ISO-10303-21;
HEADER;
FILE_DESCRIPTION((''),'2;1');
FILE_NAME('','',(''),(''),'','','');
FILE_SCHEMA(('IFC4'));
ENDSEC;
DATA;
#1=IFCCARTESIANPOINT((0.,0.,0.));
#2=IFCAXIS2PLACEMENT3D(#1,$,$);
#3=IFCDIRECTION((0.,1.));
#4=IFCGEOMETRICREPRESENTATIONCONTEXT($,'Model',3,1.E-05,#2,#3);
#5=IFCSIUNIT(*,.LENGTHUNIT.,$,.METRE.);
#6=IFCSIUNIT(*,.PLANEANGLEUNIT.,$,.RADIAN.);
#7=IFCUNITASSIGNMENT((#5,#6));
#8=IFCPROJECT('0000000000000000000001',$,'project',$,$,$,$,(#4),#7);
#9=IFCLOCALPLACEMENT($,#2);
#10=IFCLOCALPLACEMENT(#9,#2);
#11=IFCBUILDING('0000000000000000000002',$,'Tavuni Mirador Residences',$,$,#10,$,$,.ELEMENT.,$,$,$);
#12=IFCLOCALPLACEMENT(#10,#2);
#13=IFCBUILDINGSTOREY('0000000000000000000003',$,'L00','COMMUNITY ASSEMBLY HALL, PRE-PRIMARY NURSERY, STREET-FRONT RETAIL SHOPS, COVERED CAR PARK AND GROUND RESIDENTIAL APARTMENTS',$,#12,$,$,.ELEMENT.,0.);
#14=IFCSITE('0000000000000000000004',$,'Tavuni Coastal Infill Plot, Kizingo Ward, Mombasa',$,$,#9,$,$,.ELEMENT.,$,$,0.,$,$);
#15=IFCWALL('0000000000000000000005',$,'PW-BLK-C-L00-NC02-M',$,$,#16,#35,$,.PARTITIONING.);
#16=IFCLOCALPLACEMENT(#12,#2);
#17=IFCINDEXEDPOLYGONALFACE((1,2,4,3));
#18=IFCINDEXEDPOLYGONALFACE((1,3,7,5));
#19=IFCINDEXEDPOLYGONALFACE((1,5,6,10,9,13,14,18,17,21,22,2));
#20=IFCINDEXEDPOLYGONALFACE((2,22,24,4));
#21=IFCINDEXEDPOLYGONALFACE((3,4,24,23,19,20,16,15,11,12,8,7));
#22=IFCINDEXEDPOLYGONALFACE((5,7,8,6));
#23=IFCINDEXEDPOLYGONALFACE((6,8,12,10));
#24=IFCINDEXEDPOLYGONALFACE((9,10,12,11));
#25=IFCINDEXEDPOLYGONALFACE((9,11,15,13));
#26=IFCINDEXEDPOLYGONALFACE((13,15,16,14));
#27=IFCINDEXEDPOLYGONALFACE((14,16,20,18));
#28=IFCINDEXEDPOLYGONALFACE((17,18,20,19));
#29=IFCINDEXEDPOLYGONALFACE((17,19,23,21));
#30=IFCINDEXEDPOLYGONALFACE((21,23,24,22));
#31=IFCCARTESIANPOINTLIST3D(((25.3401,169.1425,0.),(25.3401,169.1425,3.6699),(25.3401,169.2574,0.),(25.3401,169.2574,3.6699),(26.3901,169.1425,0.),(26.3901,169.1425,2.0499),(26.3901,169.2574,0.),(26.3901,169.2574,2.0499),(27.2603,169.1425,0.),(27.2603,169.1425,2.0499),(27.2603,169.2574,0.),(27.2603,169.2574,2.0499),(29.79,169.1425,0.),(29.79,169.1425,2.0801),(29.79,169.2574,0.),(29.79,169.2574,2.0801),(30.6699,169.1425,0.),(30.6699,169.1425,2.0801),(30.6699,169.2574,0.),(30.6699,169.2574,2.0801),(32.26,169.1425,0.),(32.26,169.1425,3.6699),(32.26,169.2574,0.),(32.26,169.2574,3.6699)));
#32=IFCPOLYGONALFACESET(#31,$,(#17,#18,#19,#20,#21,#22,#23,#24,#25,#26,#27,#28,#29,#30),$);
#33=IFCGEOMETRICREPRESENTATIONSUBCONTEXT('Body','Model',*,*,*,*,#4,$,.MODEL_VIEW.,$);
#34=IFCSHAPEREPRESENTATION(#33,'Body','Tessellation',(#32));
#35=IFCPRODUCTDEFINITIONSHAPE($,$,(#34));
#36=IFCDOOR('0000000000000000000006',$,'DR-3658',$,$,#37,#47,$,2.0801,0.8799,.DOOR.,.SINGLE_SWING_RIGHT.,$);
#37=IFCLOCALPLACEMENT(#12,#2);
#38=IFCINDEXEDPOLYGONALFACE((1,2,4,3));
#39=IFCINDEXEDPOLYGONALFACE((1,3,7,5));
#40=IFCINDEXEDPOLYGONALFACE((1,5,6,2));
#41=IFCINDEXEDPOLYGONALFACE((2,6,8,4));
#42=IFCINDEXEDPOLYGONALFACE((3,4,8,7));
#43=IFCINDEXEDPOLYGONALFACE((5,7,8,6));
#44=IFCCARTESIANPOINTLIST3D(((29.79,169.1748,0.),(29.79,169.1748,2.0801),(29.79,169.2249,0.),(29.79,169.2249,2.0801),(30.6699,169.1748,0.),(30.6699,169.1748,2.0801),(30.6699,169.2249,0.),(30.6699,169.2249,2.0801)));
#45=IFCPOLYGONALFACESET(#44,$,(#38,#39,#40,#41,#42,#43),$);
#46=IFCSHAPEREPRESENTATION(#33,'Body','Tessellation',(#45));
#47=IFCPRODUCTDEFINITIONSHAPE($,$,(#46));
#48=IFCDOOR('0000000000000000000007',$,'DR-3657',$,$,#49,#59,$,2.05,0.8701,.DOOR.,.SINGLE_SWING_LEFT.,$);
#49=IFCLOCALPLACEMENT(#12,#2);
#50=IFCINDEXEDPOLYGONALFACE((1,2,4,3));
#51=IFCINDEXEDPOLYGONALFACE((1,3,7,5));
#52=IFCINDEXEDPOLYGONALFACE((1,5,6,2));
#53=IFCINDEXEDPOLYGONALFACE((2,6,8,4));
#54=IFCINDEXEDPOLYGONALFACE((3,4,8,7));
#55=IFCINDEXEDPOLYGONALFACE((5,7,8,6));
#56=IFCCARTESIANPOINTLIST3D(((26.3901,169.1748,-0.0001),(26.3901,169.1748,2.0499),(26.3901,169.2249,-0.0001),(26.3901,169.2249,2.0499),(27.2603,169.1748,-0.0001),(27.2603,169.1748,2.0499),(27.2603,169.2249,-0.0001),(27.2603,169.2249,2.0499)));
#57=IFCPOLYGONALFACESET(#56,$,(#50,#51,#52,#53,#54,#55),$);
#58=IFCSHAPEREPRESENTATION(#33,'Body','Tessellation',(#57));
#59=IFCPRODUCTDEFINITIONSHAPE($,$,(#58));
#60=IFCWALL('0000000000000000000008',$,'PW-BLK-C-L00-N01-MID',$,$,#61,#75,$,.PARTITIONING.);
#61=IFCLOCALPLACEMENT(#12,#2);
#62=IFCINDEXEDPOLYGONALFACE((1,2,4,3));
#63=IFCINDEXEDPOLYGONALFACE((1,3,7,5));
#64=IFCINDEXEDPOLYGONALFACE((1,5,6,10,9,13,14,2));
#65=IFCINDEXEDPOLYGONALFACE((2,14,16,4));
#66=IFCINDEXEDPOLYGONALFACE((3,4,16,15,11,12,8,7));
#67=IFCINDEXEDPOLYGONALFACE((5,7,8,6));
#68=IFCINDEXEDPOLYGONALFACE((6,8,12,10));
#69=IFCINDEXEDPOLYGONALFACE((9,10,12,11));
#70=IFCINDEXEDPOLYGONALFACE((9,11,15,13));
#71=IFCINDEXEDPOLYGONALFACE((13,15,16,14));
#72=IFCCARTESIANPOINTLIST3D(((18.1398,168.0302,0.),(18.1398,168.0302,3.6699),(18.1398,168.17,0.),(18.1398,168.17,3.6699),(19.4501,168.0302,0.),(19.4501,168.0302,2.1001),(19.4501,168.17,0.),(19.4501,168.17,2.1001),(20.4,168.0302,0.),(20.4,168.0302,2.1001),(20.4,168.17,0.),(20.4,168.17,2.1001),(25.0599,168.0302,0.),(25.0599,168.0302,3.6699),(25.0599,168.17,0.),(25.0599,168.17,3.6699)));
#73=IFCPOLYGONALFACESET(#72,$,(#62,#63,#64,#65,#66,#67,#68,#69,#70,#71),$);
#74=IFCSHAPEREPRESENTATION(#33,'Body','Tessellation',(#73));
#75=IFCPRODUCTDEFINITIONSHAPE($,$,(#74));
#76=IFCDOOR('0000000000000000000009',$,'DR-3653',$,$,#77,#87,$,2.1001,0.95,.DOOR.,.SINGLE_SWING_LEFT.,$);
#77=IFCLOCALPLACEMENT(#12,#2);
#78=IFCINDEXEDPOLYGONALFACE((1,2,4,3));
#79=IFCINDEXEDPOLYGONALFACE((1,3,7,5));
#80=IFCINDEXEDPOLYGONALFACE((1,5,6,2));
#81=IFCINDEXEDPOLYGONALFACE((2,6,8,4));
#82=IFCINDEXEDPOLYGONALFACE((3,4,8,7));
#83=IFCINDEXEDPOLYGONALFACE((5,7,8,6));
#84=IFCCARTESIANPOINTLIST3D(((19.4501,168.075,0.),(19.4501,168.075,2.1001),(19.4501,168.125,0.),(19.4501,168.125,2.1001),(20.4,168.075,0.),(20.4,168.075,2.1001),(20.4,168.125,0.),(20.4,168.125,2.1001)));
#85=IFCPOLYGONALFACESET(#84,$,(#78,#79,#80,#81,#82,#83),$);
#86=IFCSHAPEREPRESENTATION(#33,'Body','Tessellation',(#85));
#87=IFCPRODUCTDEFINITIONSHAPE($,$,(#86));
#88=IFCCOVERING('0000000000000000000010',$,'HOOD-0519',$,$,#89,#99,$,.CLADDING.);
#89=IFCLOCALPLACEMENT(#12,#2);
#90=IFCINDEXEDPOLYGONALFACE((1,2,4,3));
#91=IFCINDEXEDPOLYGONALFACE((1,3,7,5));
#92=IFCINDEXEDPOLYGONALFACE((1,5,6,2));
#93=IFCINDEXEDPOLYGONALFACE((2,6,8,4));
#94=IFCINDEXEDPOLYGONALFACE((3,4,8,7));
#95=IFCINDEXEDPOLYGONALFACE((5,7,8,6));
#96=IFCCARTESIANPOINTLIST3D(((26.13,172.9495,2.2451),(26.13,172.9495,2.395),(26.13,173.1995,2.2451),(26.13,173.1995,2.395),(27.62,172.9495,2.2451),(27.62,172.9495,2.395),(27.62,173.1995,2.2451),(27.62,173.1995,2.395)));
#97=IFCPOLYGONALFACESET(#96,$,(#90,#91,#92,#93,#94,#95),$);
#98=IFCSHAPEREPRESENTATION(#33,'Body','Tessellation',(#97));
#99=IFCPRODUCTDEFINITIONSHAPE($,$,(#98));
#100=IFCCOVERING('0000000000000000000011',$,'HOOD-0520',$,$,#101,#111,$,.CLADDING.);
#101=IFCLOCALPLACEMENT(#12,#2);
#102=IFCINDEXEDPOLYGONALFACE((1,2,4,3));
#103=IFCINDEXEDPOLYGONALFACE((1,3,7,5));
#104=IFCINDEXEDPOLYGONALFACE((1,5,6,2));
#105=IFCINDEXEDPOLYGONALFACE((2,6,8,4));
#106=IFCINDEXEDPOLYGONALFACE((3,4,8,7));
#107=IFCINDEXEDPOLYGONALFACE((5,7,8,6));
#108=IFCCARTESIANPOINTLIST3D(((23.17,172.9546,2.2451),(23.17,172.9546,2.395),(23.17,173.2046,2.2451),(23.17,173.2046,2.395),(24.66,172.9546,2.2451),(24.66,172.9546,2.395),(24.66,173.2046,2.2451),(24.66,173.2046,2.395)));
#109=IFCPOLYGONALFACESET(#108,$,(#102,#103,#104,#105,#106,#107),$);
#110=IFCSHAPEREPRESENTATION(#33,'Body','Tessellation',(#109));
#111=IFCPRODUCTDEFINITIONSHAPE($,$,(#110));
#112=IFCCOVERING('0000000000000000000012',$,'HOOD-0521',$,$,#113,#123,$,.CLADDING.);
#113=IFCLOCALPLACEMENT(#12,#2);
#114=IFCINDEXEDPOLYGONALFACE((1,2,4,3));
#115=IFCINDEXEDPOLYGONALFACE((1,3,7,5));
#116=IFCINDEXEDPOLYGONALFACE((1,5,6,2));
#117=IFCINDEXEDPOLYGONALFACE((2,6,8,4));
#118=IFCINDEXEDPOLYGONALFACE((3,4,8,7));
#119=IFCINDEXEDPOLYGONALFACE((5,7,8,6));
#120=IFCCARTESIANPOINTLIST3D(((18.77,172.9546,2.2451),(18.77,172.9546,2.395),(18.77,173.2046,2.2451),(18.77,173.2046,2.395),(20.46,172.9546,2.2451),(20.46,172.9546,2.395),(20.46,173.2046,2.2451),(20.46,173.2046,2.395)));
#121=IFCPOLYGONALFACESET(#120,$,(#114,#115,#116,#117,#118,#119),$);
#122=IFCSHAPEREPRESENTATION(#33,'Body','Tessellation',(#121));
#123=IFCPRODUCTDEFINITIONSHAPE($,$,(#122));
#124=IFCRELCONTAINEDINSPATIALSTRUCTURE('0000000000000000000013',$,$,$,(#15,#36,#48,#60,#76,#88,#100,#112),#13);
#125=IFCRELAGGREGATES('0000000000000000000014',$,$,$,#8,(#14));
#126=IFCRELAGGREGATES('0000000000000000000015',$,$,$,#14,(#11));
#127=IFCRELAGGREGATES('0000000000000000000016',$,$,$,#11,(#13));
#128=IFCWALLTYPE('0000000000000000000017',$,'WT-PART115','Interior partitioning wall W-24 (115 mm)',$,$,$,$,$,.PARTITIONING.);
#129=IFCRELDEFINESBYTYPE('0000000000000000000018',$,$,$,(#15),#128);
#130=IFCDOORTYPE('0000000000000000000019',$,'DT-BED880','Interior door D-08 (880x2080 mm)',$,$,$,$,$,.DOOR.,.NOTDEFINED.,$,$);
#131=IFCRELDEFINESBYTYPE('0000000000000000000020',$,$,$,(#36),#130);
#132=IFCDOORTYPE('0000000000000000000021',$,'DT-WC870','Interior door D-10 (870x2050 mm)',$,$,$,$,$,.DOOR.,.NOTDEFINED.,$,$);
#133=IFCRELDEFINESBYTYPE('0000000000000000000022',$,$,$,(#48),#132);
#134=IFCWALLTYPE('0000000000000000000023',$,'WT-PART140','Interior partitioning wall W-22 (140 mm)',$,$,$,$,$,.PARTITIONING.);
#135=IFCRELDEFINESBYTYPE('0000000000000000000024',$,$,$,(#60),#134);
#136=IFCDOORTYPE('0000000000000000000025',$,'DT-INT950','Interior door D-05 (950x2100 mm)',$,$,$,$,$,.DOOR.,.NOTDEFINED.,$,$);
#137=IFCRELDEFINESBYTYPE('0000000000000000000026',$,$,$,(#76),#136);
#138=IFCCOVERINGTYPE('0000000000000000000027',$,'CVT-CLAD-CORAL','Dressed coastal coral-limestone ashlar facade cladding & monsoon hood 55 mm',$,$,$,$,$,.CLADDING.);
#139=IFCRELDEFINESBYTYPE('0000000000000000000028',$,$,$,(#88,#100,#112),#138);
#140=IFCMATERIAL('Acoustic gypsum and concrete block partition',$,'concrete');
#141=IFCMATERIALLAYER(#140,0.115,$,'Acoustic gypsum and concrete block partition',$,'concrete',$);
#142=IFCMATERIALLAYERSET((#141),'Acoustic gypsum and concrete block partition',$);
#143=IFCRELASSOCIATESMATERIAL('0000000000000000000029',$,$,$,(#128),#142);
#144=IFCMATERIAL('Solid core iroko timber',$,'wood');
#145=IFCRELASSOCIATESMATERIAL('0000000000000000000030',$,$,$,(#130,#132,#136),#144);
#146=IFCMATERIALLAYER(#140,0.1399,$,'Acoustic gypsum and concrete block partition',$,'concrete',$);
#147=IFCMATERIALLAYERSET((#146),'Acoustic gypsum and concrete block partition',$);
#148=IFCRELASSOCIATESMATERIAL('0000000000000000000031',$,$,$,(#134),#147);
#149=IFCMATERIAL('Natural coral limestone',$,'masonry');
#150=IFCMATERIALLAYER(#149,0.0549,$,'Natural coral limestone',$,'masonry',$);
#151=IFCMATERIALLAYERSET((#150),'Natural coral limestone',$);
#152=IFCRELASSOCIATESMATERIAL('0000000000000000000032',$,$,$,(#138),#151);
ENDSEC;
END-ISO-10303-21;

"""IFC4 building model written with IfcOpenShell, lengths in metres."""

from ifc_helpers import new_model, si_unit, direction, frame, frame_2d, origin, origin_2d, place, context, subcontext, project, spatial, rectangle, extrude, material, layer, layer_set, type_object, element, fill, save


model = new_model("IFC4")

# Units and contexts
model_context = context("Model", 3, precision=1e-05, world=origin(), true_north=direction((0.0, 1.0)))
body_context = subcontext(model_context, "Body", "Model", "MODEL_VIEW")
ifc_project = project(units=[si_unit("LENGTHUNIT", "METRE"), si_unit("PLANEANGLEUNIT", "RADIAN")], contexts=[model_context])

# Site, building, storey
site_placement = place(None, origin())
site = spatial("IfcSite", under=ifc_project, at=site_placement, Name="Tavuni Coastal Infill Plot, Kizingo Ward, Mombasa", CompositionType="ELEMENT", RefElevation=0.0)
building_placement = place(site_placement, origin())
building = spatial("IfcBuilding", under=site, at=building_placement, Name="Tavuni Mirador Residences", CompositionType="ELEMENT")
storey_placement = place(building_placement, origin())
storey = spatial("IfcBuildingStorey", under=building, at=storey_placement, Name="L00", Description="COMMUNITY ASSEMBLY HALL, PRE-PRIMARY NURSERY, STREET-FRONT RETAIL SHOPS, COVERED CAR PARK AND GROUND RESIDENTIAL APARTMENTS", CompositionType="ELEMENT", Elevation=0.0)

# Shared definitions
ifc_material_1 = material(Name="Solid core iroko timber", Category="wood")

# Shared definitions
ifc_material_2 = material(Name="Acoustic gypsum and concrete block partition", Category="concrete")

# Shared definitions
ifc_layer_1 = layer(ifc_material_2, 0.115, Name="Acoustic gypsum and concrete block partition", Category="concrete")
ifc_layer_set_1 = layer_set([ifc_layer_1], Name="Acoustic gypsum and concrete block partition")
wall_type_1 = type_object("IfcWallType", Name="WT-PART115", Description="Interior partitioning wall W-24 (115 mm)", PredefinedType="PARTITIONING", material=ifc_layer_set_1)

# Wall, openings, doors
wall_1_placement = place(storey_placement, frame((25.3401, 169.2, 0.0), z_axis=(0.0, 0.0, 1.0), x_axis=(1.0, 0.0, 0.0)))
wall_1 = element("IfcWall", 1, at=wall_1_placement, inside=storey, type_object=wall_type_1, Name="PW-BLK-C-L00-NC02-M", PredefinedType="PARTITIONING", context=body_context, shape_type="SweptSolid", body=[
    extrude(rectangle(XDim=6.9199, YDim=0.115, at=frame_2d((3.46, 0.0))), origin(), (0.0, 0.0, 1.0), 3.6699),
])
opening_1_placement = place(wall_1_placement, frame((1.05, 0.0, 0.0)))
opening_1 = element("IfcOpeningElement", 2, at=opening_1_placement, cuts=wall_1, PredefinedType="OPENING", context=body_context, shape_type="SweptSolid", body=[
    extrude(rectangle(XDim=0.8701, YDim=2.05, at=frame_2d((0.4351, 1.0249))), frame((0.0, 0.0674, 0.0), z_axis=(0.0, -1.0, 0.0), x_axis=(1.0, 0.0, 0.0)), (0.0, 0.0, 1.0), 0.135),
])
opening_2_placement = place(wall_1_placement, frame((4.45, 0.0, 0.0)))
opening_2 = element("IfcOpeningElement", 3, at=opening_2_placement, cuts=wall_1, PredefinedType="OPENING", context=body_context, shape_type="SweptSolid", body=[
    extrude(rectangle(XDim=0.8799, YDim=2.0801, at=frame_2d((0.4399, 1.04))), frame((0.0, 0.0674, 0.0), z_axis=(0.0, -1.0, 0.0), x_axis=(1.0, 0.0, 0.0)), (0.0, 0.0, 1.0), 0.135),
])
door_type_1 = type_object("IfcDoorType", Name="DT-BED880", Description="Interior door D-08 (880x2080 mm)", OperationType="NOTDEFINED", PredefinedType="DOOR", material=ifc_material_1)
door_1_placement = place(opening_2_placement, origin())
door_1 = element("IfcDoor", 4, at=door_1_placement, inside=storey, type_object=door_type_1, Name="DR-3658", OperationType="SINGLE_SWING_RIGHT", OverallHeight=2.0801, OverallWidth=0.8799, PredefinedType="DOOR", context=body_context, shape_type="SweptSolid", body=[
    extrude(rectangle(XDim=0.8799, YDim=2.0801, at=frame_2d((0.4399, 1.04))), frame((0.0, 0.0249, 0.0), z_axis=(0.0, -1.0, 0.0), x_axis=(1.0, 0.0, 0.0)), (0.0, 0.0, 1.0), 0.05),
])
fill(opening_2, door_1)
door_type_2 = type_object("IfcDoorType", Name="DT-WC870", Description="Interior door D-10 (870x2050 mm)", OperationType="NOTDEFINED", PredefinedType="DOOR", material=ifc_material_1)
door_2_placement = place(opening_1_placement, origin())
door_2 = element("IfcDoor", 5, at=door_2_placement, inside=storey, type_object=door_type_2, Name="DR-3657", OperationType="SINGLE_SWING_LEFT", OverallHeight=2.05, OverallWidth=0.8701, PredefinedType="DOOR", context=body_context, shape_type="SweptSolid", body=[
    extrude(rectangle(XDim=0.8701, YDim=2.05, at=frame_2d((0.4351, 1.0249))), frame((0.0, 0.0249, 0.0), z_axis=(0.0, -1.0, 0.0), x_axis=(1.0, 0.0, 0.0)), (0.0, 0.0, 1.0), 0.05),
])
fill(opening_1, door_2)

# Wall, opening, door
ifc_layer_2 = layer(ifc_material_2, 0.1399, Name="Acoustic gypsum and concrete block partition", Category="concrete")
ifc_layer_set_2 = layer_set([ifc_layer_2], Name="Acoustic gypsum and concrete block partition")
wall_type_2 = type_object("IfcWallType", Name="WT-PART140", Description="Interior partitioning wall W-22 (140 mm)", PredefinedType="PARTITIONING", material=ifc_layer_set_2)
wall_2_placement = place(storey_placement, frame((18.1399, 168.1001, 0.0), z_axis=(0.0, 0.0, 1.0), x_axis=(1.0, 0.0, 0.0)))
wall_2 = element("IfcWall", 6, at=wall_2_placement, inside=storey, type_object=wall_type_2, Name="PW-BLK-C-L00-N01-MID", PredefinedType="PARTITIONING", context=body_context, shape_type="SweptSolid", body=[
    extrude(rectangle(XDim=6.9202, YDim=0.1399, at=frame_2d((3.46, 0.0))), origin(), (0.0, 0.0, 1.0), 3.6699),
])
opening_3_placement = place(wall_2_placement, frame((1.3101, 0.0, 0.0)))
opening_3 = element("IfcOpeningElement", 7, at=opening_3_placement, cuts=wall_2, PredefinedType="OPENING", context=body_context, shape_type="SweptSolid", body=[
    extrude(rectangle(XDim=0.95, YDim=2.1001, at=frame_2d((0.4751, 1.05))), frame((0.0, 0.0801, 0.0), z_axis=(0.0, -1.0, 0.0), x_axis=(1.0, 0.0, 0.0)), (0.0, 0.0, 1.0), 0.1599),
])
door_type_3 = type_object("IfcDoorType", Name="DT-INT950", Description="Interior door D-05 (950x2100 mm)", OperationType="NOTDEFINED", PredefinedType="DOOR", material=ifc_material_1)
door_3_placement = place(opening_3_placement, origin())
door_3 = element("IfcDoor", 8, at=door_3_placement, inside=storey, type_object=door_type_3, Name="DR-3653", OperationType="SINGLE_SWING_LEFT", OverallHeight=2.1001, OverallWidth=0.95, PredefinedType="DOOR", context=body_context, shape_type="SweptSolid", body=[
    extrude(rectangle(XDim=0.95, YDim=2.1001, at=frame_2d((0.4751, 1.05))), frame((0.0, 0.0249, 0.0), z_axis=(0.0, -1.0, 0.0), x_axis=(1.0, 0.0, 0.0)), (0.0, 0.0, 1.0), 0.05),
])
fill(opening_3, door_3)

# Coverings
ifc_material_3 = material(Name="Natural coral limestone", Category="masonry")
ifc_layer_3 = layer(ifc_material_3, 0.0549, Name="Natural coral limestone", Category="masonry")
ifc_layer_set_3 = layer_set([ifc_layer_3], Name="Natural coral limestone")
covering_type = type_object("IfcCoveringType", Name="CVT-CLAD-CORAL", Description="Dressed coastal coral-limestone ashlar facade cladding & monsoon hood 55 mm", PredefinedType="CLADDING", material=ifc_layer_set_3)
for number, where, z_axis, x_axis, name in (
    (9, (26.875, 173.0745, 2.2451), (0.0, 0.0, 1.0), (-1.0, 0.0, 0.0), "HOOD-0519"),
    (10, (23.915, 173.0796, 2.2451), (0.0, 0.0, 1.0), (-1.0, 0.0, 0.0), "HOOD-0520"),
):
    element("IfcCovering", number, at=place(storey_placement, frame(where, z_axis=z_axis, x_axis=x_axis)), inside=storey, type_object=covering_type, Name=name, PredefinedType="CLADDING", context=body_context, shape_type="SweptSolid", body=[
        extrude(rectangle(XDim=1.49, YDim=0.25, at=origin_2d()), origin(), (0.0, 0.0, 1.0), 0.1499),
    ])
covering_placement = place(storey_placement, frame((19.615, 173.0796, 2.2451), z_axis=(0.0, 0.0, 1.0), x_axis=(-1.0, 0.0, 0.0)))
element("IfcCovering", 11, at=covering_placement, inside=storey, type_object=covering_type, Name="HOOD-0521", PredefinedType="CLADDING", context=body_context, shape_type="SweptSolid", body=[
    extrude(rectangle(XDim=1.6899, YDim=0.25, at=origin_2d()), origin(), (0.0, 0.0, 1.0), 0.1499),
])

save(model, "model.ifc")
